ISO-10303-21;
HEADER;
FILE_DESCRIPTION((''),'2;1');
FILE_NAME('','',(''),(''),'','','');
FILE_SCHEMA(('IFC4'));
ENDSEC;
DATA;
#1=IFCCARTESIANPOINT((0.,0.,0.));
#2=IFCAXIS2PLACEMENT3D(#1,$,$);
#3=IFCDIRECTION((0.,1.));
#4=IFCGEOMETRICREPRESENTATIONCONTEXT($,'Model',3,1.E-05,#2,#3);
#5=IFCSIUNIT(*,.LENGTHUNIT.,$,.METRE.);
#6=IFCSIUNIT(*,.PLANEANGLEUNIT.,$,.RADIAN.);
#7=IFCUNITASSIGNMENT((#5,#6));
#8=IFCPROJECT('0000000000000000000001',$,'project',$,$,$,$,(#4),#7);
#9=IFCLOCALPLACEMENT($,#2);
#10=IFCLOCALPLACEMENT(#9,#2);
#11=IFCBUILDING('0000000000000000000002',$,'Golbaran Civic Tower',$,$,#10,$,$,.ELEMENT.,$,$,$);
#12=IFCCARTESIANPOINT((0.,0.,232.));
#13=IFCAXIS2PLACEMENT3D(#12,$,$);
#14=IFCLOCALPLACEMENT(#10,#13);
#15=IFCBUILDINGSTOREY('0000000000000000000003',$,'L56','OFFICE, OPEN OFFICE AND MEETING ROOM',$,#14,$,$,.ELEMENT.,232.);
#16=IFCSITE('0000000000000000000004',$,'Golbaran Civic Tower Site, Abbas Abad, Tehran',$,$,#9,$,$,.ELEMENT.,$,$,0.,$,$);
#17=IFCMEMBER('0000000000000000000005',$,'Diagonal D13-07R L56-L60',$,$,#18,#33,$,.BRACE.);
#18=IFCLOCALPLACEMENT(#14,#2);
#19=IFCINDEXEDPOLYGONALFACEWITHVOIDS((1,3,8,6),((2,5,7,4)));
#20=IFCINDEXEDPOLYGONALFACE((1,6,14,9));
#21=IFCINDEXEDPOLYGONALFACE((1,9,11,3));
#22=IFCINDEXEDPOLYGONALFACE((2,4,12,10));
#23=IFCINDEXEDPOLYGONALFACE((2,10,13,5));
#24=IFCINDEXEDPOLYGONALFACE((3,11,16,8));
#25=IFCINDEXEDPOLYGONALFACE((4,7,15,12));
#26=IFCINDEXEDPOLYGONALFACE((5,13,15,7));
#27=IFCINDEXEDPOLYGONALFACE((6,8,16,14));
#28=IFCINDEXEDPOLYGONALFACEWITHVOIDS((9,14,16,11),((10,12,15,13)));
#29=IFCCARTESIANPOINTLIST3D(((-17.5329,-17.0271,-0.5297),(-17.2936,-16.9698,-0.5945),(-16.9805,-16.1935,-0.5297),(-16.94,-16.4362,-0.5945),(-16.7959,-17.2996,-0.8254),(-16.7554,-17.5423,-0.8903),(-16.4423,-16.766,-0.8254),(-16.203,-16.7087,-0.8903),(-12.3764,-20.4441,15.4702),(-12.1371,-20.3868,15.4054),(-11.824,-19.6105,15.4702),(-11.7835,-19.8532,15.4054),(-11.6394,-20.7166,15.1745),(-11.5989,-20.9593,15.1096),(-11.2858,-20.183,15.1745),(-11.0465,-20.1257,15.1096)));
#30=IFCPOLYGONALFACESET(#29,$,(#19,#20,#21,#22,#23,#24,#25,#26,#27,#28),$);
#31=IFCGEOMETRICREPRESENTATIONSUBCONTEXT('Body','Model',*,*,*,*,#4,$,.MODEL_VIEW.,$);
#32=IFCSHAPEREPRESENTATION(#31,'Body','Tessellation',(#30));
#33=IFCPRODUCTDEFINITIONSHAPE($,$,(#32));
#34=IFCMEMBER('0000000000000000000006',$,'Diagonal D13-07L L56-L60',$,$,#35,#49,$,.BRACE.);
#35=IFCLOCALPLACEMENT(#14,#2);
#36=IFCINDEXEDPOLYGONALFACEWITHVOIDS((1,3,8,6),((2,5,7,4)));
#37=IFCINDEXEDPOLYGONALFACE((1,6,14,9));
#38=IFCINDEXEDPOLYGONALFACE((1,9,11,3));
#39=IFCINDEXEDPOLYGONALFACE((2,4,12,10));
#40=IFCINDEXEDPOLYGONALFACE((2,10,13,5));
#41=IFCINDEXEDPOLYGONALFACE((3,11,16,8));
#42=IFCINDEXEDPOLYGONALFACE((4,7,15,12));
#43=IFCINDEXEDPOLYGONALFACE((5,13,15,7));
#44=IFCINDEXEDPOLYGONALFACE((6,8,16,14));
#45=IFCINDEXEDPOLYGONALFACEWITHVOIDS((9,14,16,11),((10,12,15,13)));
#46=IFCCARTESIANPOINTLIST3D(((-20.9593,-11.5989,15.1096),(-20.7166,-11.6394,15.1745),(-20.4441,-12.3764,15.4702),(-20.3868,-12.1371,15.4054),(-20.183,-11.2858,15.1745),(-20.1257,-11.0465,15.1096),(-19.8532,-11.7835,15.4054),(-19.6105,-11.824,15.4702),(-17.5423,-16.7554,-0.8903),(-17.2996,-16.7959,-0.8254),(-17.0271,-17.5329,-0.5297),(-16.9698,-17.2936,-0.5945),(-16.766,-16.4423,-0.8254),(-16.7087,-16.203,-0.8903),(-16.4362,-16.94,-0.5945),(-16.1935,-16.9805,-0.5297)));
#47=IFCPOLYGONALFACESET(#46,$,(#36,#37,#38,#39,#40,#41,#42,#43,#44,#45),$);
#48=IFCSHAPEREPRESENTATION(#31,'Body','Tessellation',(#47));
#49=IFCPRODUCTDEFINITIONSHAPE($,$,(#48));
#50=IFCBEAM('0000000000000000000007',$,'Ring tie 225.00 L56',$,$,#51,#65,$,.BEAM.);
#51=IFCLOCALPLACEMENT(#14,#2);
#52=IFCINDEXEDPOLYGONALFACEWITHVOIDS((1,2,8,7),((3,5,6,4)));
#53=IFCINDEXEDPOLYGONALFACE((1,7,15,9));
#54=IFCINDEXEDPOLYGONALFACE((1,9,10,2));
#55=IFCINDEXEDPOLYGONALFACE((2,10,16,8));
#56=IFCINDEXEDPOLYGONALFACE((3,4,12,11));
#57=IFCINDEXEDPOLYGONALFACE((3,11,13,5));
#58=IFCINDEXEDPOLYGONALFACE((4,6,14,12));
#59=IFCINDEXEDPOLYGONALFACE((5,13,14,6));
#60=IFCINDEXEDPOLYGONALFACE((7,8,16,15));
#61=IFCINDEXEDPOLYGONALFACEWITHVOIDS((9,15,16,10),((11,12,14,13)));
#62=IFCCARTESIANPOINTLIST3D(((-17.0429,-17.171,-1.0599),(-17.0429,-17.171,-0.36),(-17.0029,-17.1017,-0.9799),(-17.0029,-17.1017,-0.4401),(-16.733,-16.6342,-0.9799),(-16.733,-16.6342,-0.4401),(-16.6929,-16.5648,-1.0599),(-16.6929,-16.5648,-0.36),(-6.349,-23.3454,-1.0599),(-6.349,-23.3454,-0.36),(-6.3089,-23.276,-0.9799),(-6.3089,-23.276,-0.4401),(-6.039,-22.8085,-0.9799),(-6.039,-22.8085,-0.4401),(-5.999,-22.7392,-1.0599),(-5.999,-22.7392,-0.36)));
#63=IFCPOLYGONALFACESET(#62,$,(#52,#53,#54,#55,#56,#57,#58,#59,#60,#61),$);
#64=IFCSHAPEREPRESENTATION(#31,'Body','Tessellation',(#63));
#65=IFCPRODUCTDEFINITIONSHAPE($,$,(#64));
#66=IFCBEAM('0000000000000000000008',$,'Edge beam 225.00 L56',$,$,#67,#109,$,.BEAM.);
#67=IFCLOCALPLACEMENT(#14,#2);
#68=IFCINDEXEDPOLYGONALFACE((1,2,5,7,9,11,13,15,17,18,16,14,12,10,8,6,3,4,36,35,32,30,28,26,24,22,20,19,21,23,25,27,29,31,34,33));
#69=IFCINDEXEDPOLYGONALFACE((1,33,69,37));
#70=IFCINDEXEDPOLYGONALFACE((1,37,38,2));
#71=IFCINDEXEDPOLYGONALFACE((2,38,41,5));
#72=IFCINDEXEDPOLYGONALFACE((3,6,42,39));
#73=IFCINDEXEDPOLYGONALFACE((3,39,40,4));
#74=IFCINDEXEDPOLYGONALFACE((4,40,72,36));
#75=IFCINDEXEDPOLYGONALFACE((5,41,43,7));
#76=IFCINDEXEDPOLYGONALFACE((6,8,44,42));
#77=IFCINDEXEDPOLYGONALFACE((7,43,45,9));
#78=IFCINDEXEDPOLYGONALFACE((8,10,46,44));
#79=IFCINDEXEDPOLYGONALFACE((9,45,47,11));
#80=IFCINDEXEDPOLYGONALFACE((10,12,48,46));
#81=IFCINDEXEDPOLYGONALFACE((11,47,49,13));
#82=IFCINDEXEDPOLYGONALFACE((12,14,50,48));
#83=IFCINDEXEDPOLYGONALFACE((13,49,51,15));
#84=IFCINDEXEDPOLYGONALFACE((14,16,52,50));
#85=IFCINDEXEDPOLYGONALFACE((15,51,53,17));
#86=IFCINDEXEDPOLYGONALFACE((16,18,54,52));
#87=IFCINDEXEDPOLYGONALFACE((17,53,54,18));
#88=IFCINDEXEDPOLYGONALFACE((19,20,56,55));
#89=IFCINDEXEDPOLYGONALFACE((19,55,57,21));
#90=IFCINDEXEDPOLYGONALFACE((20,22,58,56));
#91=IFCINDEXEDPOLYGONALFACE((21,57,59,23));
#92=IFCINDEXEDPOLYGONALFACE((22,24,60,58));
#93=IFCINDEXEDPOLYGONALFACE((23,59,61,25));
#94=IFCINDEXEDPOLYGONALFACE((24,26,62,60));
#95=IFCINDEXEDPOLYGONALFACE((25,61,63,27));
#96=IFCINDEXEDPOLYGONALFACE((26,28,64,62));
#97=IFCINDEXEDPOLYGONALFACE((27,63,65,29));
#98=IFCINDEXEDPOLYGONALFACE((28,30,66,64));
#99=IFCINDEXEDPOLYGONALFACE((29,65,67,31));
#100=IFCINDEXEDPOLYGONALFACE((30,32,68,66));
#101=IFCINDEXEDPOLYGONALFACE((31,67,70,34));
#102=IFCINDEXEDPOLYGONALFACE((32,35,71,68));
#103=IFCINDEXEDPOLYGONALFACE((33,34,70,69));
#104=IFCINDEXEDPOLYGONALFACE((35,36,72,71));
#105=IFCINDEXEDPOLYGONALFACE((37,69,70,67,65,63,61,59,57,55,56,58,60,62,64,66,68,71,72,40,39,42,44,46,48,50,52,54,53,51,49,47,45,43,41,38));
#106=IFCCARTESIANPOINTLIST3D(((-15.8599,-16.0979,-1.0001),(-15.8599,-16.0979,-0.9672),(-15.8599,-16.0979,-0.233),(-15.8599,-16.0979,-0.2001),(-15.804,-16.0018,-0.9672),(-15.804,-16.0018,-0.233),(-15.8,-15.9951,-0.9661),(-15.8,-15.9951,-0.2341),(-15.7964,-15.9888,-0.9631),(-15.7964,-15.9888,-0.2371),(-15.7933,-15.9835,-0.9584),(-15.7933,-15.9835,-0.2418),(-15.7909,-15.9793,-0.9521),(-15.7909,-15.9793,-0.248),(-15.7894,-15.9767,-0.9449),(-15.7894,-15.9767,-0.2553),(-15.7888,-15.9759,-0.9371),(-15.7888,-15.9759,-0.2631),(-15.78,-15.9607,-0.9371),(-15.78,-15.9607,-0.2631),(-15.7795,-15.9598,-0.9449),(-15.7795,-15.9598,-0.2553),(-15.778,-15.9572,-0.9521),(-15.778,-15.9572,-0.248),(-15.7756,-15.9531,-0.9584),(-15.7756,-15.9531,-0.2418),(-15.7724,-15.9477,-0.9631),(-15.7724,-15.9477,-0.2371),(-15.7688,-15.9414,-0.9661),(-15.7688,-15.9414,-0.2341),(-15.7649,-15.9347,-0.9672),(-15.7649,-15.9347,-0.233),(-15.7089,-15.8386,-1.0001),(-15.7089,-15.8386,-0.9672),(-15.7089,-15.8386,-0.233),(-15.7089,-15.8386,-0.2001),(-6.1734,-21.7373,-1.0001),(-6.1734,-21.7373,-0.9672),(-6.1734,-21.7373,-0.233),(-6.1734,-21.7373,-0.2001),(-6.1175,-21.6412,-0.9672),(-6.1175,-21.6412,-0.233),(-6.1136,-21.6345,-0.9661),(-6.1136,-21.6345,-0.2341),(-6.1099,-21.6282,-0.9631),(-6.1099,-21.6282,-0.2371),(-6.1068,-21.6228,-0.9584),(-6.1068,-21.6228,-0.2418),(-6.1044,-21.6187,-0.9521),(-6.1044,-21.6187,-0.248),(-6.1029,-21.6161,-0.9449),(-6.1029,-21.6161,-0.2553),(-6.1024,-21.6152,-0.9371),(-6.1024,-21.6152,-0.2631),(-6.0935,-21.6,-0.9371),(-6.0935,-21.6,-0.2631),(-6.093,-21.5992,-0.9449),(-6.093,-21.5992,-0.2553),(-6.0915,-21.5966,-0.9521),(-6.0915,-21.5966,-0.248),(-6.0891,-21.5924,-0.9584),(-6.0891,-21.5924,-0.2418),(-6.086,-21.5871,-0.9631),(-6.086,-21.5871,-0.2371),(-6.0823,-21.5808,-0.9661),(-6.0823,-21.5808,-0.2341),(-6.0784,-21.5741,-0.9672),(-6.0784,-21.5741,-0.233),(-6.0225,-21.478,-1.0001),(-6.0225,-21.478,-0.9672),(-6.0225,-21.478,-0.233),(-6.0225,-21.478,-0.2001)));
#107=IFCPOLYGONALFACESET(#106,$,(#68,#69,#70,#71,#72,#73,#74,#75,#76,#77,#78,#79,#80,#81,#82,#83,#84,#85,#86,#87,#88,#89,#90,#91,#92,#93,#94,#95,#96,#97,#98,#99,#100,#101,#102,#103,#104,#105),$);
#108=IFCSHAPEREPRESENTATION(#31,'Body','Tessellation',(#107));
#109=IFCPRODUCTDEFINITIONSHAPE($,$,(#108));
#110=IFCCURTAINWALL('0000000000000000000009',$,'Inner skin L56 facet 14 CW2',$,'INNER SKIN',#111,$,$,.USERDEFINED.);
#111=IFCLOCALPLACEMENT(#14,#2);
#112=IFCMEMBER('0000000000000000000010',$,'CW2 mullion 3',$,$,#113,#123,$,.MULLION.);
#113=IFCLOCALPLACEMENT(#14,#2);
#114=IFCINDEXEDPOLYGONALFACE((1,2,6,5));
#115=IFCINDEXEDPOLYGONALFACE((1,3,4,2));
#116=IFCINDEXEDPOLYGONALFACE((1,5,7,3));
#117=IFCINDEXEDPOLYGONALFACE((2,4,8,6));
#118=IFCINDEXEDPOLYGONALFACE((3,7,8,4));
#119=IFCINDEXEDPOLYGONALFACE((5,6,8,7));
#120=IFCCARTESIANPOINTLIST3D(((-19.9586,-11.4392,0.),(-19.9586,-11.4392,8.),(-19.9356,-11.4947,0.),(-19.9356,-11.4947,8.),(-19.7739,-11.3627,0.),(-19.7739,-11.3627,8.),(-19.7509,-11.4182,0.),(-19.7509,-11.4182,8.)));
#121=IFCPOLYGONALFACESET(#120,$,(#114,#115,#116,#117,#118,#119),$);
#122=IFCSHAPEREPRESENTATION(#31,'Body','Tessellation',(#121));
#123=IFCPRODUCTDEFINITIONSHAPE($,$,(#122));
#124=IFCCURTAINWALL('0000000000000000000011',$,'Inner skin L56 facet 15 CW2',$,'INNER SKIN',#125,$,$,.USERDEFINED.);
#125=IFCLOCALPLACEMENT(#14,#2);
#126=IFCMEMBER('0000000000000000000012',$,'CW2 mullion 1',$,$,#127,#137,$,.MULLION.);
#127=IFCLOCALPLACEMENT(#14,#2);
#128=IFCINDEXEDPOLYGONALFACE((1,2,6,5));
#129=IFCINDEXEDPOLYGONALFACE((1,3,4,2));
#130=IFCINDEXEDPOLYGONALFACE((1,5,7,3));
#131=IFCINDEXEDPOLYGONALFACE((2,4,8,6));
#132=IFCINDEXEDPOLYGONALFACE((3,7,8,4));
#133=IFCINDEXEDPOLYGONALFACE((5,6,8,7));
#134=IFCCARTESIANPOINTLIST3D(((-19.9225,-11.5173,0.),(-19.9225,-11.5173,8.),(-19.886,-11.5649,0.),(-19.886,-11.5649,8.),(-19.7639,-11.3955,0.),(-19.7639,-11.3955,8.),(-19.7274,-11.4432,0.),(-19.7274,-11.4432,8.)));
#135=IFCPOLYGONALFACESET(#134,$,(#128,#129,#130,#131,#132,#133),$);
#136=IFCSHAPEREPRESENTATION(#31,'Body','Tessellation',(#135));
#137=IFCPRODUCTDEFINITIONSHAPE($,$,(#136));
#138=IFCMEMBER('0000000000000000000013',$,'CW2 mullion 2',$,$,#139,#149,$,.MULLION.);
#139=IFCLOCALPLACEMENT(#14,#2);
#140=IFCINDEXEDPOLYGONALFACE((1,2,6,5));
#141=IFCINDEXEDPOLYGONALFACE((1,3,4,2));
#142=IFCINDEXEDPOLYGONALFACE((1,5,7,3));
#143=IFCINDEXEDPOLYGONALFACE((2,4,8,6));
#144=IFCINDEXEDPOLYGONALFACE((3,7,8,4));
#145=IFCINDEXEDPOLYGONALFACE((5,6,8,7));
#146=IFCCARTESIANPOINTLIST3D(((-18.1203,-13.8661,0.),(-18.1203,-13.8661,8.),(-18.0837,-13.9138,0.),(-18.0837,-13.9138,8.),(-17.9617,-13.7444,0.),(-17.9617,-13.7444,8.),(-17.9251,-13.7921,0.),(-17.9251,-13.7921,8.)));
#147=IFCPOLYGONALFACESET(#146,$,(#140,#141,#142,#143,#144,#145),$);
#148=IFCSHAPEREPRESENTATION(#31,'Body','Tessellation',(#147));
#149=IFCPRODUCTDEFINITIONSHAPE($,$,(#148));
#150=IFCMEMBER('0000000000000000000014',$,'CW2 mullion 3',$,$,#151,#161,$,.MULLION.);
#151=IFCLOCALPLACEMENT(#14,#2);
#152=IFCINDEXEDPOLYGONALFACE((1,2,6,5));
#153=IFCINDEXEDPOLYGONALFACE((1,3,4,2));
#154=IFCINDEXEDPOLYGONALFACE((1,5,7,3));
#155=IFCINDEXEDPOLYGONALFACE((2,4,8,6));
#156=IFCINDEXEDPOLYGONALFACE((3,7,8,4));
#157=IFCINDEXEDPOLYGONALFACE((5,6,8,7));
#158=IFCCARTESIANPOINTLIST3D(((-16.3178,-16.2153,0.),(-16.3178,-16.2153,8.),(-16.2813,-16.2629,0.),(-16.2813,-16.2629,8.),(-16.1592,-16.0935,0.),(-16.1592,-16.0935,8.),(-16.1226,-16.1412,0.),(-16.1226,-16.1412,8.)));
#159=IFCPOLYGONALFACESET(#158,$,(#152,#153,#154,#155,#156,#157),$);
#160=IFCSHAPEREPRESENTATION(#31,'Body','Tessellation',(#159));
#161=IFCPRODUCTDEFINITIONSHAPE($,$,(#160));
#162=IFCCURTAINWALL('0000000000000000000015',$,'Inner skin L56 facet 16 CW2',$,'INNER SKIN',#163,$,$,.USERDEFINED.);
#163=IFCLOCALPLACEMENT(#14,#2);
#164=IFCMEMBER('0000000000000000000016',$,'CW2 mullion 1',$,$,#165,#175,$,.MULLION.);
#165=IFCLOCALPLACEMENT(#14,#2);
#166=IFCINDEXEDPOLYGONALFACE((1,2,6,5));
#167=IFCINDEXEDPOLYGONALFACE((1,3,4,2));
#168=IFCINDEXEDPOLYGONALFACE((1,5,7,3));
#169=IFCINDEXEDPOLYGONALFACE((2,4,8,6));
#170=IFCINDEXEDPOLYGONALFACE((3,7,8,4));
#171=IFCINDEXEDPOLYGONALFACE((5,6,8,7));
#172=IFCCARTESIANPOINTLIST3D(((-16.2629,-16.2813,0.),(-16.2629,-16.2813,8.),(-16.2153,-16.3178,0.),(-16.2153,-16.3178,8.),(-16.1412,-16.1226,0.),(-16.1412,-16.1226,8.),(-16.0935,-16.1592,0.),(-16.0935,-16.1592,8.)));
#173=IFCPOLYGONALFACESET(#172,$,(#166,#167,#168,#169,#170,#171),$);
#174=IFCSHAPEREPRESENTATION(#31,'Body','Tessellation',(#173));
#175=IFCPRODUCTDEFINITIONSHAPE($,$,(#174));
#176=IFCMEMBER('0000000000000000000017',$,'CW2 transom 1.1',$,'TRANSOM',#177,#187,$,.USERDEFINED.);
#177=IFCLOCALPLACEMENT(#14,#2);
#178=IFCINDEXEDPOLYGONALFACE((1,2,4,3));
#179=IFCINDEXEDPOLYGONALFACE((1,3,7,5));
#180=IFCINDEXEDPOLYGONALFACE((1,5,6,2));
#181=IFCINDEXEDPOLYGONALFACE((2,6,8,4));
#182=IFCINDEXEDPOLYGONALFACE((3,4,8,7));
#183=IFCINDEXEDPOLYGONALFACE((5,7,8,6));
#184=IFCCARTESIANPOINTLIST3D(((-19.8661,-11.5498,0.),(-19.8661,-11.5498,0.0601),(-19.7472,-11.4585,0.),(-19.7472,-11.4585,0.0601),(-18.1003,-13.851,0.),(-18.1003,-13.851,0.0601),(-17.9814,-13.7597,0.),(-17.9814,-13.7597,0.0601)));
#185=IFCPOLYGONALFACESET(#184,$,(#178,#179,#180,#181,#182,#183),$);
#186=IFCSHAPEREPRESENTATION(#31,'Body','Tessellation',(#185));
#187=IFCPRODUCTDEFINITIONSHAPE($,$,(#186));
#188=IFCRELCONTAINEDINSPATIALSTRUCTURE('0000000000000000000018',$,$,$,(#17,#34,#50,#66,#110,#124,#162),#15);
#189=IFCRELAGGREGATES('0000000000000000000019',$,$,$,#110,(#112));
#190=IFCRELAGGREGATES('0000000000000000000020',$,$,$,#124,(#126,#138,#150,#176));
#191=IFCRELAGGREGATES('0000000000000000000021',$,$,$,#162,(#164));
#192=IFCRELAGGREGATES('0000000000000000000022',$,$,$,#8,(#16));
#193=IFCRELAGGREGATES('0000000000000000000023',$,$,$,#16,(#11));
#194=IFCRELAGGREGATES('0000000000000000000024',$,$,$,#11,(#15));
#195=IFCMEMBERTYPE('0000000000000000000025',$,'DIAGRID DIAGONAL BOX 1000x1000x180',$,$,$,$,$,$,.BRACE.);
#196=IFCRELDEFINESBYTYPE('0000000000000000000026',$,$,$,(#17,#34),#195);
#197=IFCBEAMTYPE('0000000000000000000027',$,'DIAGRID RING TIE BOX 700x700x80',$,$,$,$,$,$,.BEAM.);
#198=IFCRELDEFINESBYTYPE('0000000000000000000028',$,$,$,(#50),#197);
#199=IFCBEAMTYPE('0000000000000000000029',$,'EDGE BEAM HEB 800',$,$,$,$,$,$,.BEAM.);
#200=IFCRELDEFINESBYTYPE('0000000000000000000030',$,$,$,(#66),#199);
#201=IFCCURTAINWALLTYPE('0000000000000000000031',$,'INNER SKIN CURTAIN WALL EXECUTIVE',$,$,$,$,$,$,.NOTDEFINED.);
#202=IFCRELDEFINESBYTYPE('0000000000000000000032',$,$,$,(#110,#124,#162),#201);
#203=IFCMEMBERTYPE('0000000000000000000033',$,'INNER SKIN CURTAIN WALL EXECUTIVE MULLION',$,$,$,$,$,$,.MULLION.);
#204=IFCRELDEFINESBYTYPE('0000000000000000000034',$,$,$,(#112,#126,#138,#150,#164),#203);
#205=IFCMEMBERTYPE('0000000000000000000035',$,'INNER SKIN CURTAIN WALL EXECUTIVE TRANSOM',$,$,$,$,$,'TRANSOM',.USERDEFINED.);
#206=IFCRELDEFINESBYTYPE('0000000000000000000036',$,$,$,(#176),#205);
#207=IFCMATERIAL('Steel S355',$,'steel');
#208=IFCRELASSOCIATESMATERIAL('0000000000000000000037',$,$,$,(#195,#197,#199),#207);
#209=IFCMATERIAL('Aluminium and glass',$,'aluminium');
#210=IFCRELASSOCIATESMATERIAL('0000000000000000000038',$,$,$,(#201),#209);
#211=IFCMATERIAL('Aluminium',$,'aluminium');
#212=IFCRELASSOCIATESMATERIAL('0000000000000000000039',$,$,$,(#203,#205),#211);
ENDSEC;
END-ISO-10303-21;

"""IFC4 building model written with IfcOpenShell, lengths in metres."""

from ifc_helpers import new_model, si_unit, direction, frame, origin, origin_2d, place, context, subcontext, project, spatial, rectangle, hollow_rectangle, i_section, extrude, material, material_profile, profile_set, type_object, element, aggregate, save


model = new_model("IFC4")

# Units and contexts
model_context = context("Model", 3, precision=1e-05, world=origin(), true_north=direction((0.0, 1.0)))
body_context = subcontext(model_context, "Body", "Model", "MODEL_VIEW")
ifc_project = project(units=[si_unit("LENGTHUNIT", "METRE"), si_unit("PLANEANGLEUNIT", "RADIAN")], contexts=[model_context])

# Site, building, storey
site_placement = place(None, origin())
site = spatial("IfcSite", under=ifc_project, at=site_placement, Name="Golbaran Civic Tower Site, Abbas Abad, Tehran", CompositionType="ELEMENT", RefElevation=0.0)
building_placement = place(site_placement, origin())
building = spatial("IfcBuilding", under=site, at=building_placement, Name="Golbaran Civic Tower", CompositionType="ELEMENT")
storey_placement = place(building_placement, frame((0.0, 0.0, 232.0)))
storey = spatial("IfcBuildingStorey", under=building, at=storey_placement, Name="L56", Description="OFFICE, OPEN OFFICE AND MEETING ROOM", CompositionType="ELEMENT", Elevation=232.0)

# Members
ifc_material_1 = material(Name="Steel S355", Category="steel")
ifc_material_profile_1 = material_profile(ifc_material_1, hollow_rectangle(XDim=1.0, YDim=1.0, WallThickness=0.1799, at=origin_2d()), Name="BOX 1000x1000x180")
ifc_profile_set_1 = profile_set([ifc_material_profile_1], Name="Steel S355")
member_type_1 = type_object("IfcMemberType", Name="DIAGRID DIAGONAL BOX 1000x1000x180", PredefinedType="BRACE", material=ifc_profile_set_1)
for number, where, z_axis, x_axis, name in (
    (1, (-16.8679, -16.8679, -0.71), (0.300597, -0.199193, 0.932718), (0.552385, 0.833589, 0.0), "Diagonal D13-07R L56-L60"),
    (2, (-16.8679, -16.8679, -0.71), (-0.199193, 0.300597, 0.932718), (-0.833589, -0.552385, 0.0), "Diagonal D13-07L L56-L60"),
):
    element("IfcMember", number, at=place(storey_placement, frame(where, z_axis=z_axis, x_axis=x_axis)), inside=storey, type_object=member_type_1, Name=name, PredefinedType="BRACE", context=body_context, shape_type="SweptSolid", body=[
        extrude(hollow_rectangle(XDim=1.0, YDim=1.0, WallThickness=0.1799, at=origin_2d()), origin(), (0.0, 0.0, 1.0), 17.1541),
    ])

# Beams
ifc_material_profile_2 = material_profile(ifc_material_1, hollow_rectangle(XDim=0.7, YDim=0.7, WallThickness=0.0801, at=origin_2d()), Name="BOX 700x700x80")
ifc_profile_set_2 = profile_set([ifc_material_profile_2], Name="Steel S355")
beam_type_1 = type_object("IfcBeamType", Name="DIAGRID RING TIE BOX 700x700x80", PredefinedType="BEAM", material=ifc_profile_set_2)
beam_1_placement = place(storey_placement, frame((-16.8679, -16.8679, -0.71), z_axis=(0.866018, -0.500013, 0.0), x_axis=(0.500013, 0.866018, 0.0)))
element("IfcBeam", 3, at=beam_1_placement, inside=storey, type_object=beam_type_1, Name="Ring tie 225.00 L56", PredefinedType="BEAM", context=body_context, shape_type="SweptSolid", body=[
    extrude(hollow_rectangle(XDim=0.7, YDim=0.7, WallThickness=0.0801, at=origin_2d()), origin(), (0.0, 0.0, 1.0), 12.3484),
])
ifc_material_profile_3 = material_profile(ifc_material_1, i_section(OverallWidth=0.3, OverallDepth=0.8, WebThickness=0.0176, FlangeThickness=0.033, FilletRadius=0.03, at=origin_2d()), Name="HEB 800")
ifc_profile_set_3 = profile_set([ifc_material_profile_3], Name="Steel S355")
beam_type_2 = type_object("IfcBeamType", Name="EDGE BEAM HEB 800", PredefinedType="BEAM", material=ifc_profile_set_3)
beam_2_placement = place(storey_placement, frame((-15.7844, -15.9683, -0.6001), z_axis=(0.864208, -0.503134, 0.0), x_axis=(0.503134, 0.864208, 0.0)))
element("IfcBeam", 4, at=beam_2_placement, inside=storey, type_object=beam_type_2, Name="Edge beam 225.00 L56", PredefinedType="BEAM", context=body_context, shape_type="SweptSolid", body=[
    extrude(i_section(OverallWidth=0.3, OverallDepth=0.8, WebThickness=0.0176, FlangeThickness=0.033, FilletRadius=0.03, at=origin_2d()), origin(), (0.0, 0.0, 1.0), 11.2085),
])

# Curtain wall, member
ifc_material_2 = material(Name="Aluminium and glass", Category="aluminium")
curtain_wall_type_1 = type_object("IfcCurtainWallType", Name="INNER SKIN CURTAIN WALL EXECUTIVE", PredefinedType="NOTDEFINED", material=ifc_material_2)
curtain_wall_1_placement = place(storey_placement, origin())
curtain_wall_1 = element("IfcCurtainWall", 5, at=curtain_wall_1_placement, inside=storey, type_object=curtain_wall_type_1, Name="Inner skin L56 facet 14 CW2", ObjectType="INNER SKIN", PredefinedType="USERDEFINED")
ifc_material_3 = material(Name="Aluminium", Category="aluminium")
ifc_material_profile_4 = material_profile(ifc_material_3, rectangle(XDim=0.2, YDim=0.0601, at=origin_2d()), Name="INNER SKIN CURTAIN WALL EXECUTIVE MULLION")
ifc_profile_set_4 = profile_set([ifc_material_profile_4], Name="Aluminium")
member_type_2 = type_object("IfcMemberType", Name="INNER SKIN CURTAIN WALL EXECUTIVE MULLION", PredefinedType="MULLION", material=ifc_profile_set_4)
member_1_placement = place(storey_placement, frame((-19.8547, -11.4287, 0.0), z_axis=(0.0, 0.0, 1.0), x_axis=(0.92388, 0.382683, 0.0)))
member_1 = element("IfcMember", 6, at=member_1_placement, type_object=member_type_2, Name="CW2 mullion 3", PredefinedType="MULLION", context=body_context, shape_type="SweptSolid", body=[
    extrude(rectangle(XDim=0.2, YDim=0.0601, at=origin_2d()), origin(), (0.0, 0.0, 1.0), 8.0),
])

# Curtain wall, members
curtain_wall_2_placement = place(storey_placement, origin())
curtain_wall_2 = element("IfcCurtainWall", 7, at=curtain_wall_2_placement, inside=storey, type_object=curtain_wall_type_1, Name="Inner skin L56 facet 15 CW2", ObjectType="INNER SKIN", PredefinedType="USERDEFINED")
member_2_placement = place(storey_placement, frame((-19.825, -11.4802, 0.0), z_axis=(0.0, 0.0, 1.0), x_axis=(0.793353, 0.608761, 0.0)))
member_2 = element("IfcMember", 8, at=member_2_placement, type_object=member_type_2, Name="CW2 mullion 1", PredefinedType="MULLION", context=body_context, shape_type="SweptSolid", body=[
    extrude(rectangle(XDim=0.2, YDim=0.0601, at=origin_2d()), origin(), (0.0, 0.0, 1.0), 8.0),
])
member_3_placement = place(storey_placement, frame((-18.0227, -13.8291, 0.0), z_axis=(0.0, 0.0, 1.0), x_axis=(0.793353, 0.608761, 0.0)))
member_3 = element("IfcMember", 9, at=member_3_placement, type_object=member_type_2, Name="CW2 mullion 2", PredefinedType="MULLION", context=body_context, shape_type="SweptSolid", body=[
    extrude(rectangle(XDim=0.2, YDim=0.0601, at=origin_2d()), origin(), (0.0, 0.0, 1.0), 8.0),
])
member_4_placement = place(storey_placement, frame((-16.2202, -16.1782, 0.0), z_axis=(0.0, 0.0, 1.0), x_axis=(0.793353, 0.608761, 0.0)))
member_4 = element("IfcMember", 10, at=member_4_placement, type_object=member_type_2, Name="CW2 mullion 3", PredefinedType="MULLION", context=body_context, shape_type="SweptSolid", body=[
    extrude(rectangle(XDim=0.2, YDim=0.0601, at=origin_2d()), origin(), (0.0, 0.0, 1.0), 8.0),
])

# Curtain wall, member
curtain_wall_3_placement = place(storey_placement, origin())
curtain_wall_3 = element("IfcCurtainWall", 11, at=curtain_wall_3_placement, inside=storey, type_object=curtain_wall_type_1, Name="Inner skin L56 facet 16 CW2", ObjectType="INNER SKIN", PredefinedType="USERDEFINED")
member_5_placement = place(storey_placement, frame((-16.1782, -16.2202, 0.0), z_axis=(0.0, 0.0, 1.0), x_axis=(0.608761, 0.793353, 0.0)))
member_5 = element("IfcMember", 12, at=member_5_placement, type_object=member_type_2, Name="CW2 mullion 1", PredefinedType="MULLION", context=body_context, shape_type="SweptSolid", body=[
    extrude(rectangle(XDim=0.2, YDim=0.0601, at=origin_2d()), origin(), (0.0, 0.0, 1.0), 8.0),
])

# Member
ifc_material_profile_5 = material_profile(ifc_material_3, rectangle(XDim=0.1499, YDim=0.0601, at=origin_2d()), Name="INNER SKIN CURTAIN WALL EXECUTIVE TRANSOM")
ifc_profile_set_5 = profile_set([ifc_material_profile_5], Name="Aluminium")
member_type_3 = type_object("IfcMemberType", Name="INNER SKIN CURTAIN WALL EXECUTIVE TRANSOM", ElementType="TRANSOM", PredefinedType="USERDEFINED", material=ifc_profile_set_5)
member_6_placement = place(storey_placement, frame((-19.8066, -11.5042, 0.03), z_axis=(0.608771, -0.793346, 0.0), x_axis=(0.793346, 0.608771, 0.0)))
member_6 = element("IfcMember", 13, at=member_6_placement, type_object=member_type_3, Name="CW2 transom 1.1", ObjectType="TRANSOM", PredefinedType="USERDEFINED", context=body_context, shape_type="SweptSolid", body=[
    extrude(rectangle(XDim=0.1499, YDim=0.0601, at=origin_2d()), origin(), (0.0, 0.0, 1.0), 2.9006),
])

aggregate(curtain_wall_1, [member_1])
aggregate(curtain_wall_2, [member_2, member_3, member_4, member_6])
aggregate(curtain_wall_3, [member_5])

save(model, "model.ifc")
